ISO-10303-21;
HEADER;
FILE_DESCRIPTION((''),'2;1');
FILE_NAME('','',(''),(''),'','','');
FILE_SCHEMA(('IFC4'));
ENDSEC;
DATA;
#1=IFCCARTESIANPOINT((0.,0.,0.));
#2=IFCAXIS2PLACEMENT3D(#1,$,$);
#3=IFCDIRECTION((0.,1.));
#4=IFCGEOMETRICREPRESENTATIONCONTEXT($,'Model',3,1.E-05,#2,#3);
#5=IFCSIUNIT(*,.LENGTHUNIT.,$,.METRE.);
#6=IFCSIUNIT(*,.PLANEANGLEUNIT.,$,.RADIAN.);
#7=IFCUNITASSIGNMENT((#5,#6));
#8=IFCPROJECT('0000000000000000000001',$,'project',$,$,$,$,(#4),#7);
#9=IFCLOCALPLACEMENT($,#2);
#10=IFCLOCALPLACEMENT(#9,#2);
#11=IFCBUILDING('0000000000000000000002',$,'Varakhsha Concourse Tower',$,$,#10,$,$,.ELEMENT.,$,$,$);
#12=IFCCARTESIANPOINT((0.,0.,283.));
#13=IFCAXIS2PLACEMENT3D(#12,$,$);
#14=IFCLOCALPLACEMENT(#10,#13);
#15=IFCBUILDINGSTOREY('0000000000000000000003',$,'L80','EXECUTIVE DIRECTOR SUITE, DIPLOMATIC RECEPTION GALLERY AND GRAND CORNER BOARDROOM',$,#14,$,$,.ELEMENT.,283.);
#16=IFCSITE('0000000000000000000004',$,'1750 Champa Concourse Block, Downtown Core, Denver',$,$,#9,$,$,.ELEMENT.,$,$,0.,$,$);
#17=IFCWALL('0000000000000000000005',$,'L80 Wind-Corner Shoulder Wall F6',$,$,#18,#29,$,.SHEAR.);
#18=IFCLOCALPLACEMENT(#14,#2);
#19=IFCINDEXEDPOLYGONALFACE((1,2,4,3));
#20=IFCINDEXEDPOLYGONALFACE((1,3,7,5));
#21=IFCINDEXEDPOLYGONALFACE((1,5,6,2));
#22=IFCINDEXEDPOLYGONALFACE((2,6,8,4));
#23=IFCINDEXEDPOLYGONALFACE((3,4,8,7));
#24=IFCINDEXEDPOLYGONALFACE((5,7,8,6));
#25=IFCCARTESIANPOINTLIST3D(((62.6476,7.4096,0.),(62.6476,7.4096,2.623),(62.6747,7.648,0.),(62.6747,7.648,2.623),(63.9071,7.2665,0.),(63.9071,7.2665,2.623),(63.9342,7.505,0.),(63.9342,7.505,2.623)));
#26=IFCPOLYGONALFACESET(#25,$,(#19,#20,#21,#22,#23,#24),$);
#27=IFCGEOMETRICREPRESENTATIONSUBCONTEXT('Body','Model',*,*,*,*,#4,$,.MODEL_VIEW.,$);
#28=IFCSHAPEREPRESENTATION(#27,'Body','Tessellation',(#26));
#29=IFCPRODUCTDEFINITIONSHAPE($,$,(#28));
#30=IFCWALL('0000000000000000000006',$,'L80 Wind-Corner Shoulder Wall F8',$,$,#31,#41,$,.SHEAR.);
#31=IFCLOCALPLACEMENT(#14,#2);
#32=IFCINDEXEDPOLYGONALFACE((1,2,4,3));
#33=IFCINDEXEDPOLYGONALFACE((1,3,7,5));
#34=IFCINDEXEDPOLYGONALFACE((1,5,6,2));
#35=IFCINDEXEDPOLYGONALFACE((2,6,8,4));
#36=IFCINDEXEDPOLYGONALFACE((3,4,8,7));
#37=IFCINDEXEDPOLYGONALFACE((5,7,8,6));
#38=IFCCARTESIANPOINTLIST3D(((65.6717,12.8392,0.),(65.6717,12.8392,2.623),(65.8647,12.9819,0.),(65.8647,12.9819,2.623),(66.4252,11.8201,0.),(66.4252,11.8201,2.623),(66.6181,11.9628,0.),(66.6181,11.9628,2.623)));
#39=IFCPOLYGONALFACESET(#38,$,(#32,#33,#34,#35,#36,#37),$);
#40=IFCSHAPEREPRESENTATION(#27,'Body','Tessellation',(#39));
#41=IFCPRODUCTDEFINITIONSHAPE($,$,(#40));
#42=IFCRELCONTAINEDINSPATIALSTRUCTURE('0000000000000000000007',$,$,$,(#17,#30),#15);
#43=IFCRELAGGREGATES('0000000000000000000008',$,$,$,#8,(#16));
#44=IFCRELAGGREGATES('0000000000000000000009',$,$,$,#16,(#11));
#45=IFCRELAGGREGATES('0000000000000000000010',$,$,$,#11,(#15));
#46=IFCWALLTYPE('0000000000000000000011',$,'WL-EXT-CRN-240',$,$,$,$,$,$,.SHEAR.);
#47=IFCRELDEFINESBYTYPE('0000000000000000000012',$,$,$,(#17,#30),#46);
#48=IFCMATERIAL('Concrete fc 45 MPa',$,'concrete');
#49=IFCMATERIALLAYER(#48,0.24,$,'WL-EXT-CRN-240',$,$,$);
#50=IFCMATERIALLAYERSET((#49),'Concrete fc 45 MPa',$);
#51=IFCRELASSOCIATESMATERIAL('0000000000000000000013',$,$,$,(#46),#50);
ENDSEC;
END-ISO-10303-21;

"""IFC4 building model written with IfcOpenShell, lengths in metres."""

from ifc_helpers import new_model, si_unit, direction, frame, frame_2d, origin, place, context, subcontext, project, spatial, rectangle, extrude, material, layer, layer_set, type_object, element, save


model = new_model("IFC4")

# Units and contexts
model_context = context("Model", 3, precision=1e-05, world=origin(), true_north=direction((0.0, 1.0)))
body_context = subcontext(model_context, "Body", "Model", "MODEL_VIEW")
ifc_project = project(units=[si_unit("LENGTHUNIT", "METRE"), si_unit("PLANEANGLEUNIT", "RADIAN")], contexts=[model_context])

# Site, building, storey
site_placement = place(None, origin())
site = spatial("IfcSite", under=ifc_project, at=site_placement, Name="1750 Champa Concourse Block, Downtown Core, Denver", CompositionType="ELEMENT", RefElevation=0.0)
building_placement = place(site_placement, origin())
building = spatial("IfcBuilding", under=site, at=building_placement, Name="Varakhsha Concourse Tower", CompositionType="ELEMENT")
storey_placement = place(building_placement, frame((0.0, 0.0, 283.0)))
storey = spatial("IfcBuildingStorey", under=building, at=storey_placement, Name="L80", Description="EXECUTIVE DIRECTOR SUITE, DIPLOMATIC RECEPTION GALLERY AND GRAND CORNER BOARDROOM", CompositionType="ELEMENT", Elevation=283.0)

# Walls
ifc_material_1 = material(Name="Concrete fc 45 MPa", Category="concrete")
ifc_layer_1 = layer(ifc_material_1, 0.24, Name="WL-EXT-CRN-240")
ifc_layer_set_1 = layer_set([ifc_layer_1], Name="Concrete fc 45 MPa")
wall_type = type_object("IfcWallType", Name="WL-EXT-CRN-240", PredefinedType="SHEAR", material=ifc_layer_set_1)
wall_1_placement = place(storey_placement, frame((62.6611, 7.5288, 0.0), z_axis=(0.0, 0.0, 1.0), x_axis=(0.993611, -0.112862, 0.0)))
element("IfcWall", 1, at=wall_1_placement, inside=storey, type_object=wall_type, Name="L80 Wind-Corner Shoulder Wall F6", PredefinedType="SHEAR", context=body_context, shape_type="SweptSolid", body=[
    extrude(rectangle(XDim=1.2676, YDim=0.24, at=frame_2d((0.6338, 0.0))), origin(), (0.0, 0.0, 1.0), 2.623),
])
wall_2_placement = place(storey_placement, frame((66.5217, 11.8914, 0.0), z_axis=(0.0, 0.0, 1.0), x_axis=(-0.594499, 0.804096, 0.0)))
element("IfcWall", 2, at=wall_2_placement, inside=storey, type_object=wall_type, Name="L80 Wind-Corner Shoulder Wall F8", PredefinedType="SHEAR", context=body_context, shape_type="SweptSolid", body=[
    extrude(rectangle(XDim=1.2673, YDim=0.24, at=frame_2d((0.6338, 0.0))), origin(), (0.0, 0.0, 1.0), 2.623),
])

save(model, "model.ifc")
